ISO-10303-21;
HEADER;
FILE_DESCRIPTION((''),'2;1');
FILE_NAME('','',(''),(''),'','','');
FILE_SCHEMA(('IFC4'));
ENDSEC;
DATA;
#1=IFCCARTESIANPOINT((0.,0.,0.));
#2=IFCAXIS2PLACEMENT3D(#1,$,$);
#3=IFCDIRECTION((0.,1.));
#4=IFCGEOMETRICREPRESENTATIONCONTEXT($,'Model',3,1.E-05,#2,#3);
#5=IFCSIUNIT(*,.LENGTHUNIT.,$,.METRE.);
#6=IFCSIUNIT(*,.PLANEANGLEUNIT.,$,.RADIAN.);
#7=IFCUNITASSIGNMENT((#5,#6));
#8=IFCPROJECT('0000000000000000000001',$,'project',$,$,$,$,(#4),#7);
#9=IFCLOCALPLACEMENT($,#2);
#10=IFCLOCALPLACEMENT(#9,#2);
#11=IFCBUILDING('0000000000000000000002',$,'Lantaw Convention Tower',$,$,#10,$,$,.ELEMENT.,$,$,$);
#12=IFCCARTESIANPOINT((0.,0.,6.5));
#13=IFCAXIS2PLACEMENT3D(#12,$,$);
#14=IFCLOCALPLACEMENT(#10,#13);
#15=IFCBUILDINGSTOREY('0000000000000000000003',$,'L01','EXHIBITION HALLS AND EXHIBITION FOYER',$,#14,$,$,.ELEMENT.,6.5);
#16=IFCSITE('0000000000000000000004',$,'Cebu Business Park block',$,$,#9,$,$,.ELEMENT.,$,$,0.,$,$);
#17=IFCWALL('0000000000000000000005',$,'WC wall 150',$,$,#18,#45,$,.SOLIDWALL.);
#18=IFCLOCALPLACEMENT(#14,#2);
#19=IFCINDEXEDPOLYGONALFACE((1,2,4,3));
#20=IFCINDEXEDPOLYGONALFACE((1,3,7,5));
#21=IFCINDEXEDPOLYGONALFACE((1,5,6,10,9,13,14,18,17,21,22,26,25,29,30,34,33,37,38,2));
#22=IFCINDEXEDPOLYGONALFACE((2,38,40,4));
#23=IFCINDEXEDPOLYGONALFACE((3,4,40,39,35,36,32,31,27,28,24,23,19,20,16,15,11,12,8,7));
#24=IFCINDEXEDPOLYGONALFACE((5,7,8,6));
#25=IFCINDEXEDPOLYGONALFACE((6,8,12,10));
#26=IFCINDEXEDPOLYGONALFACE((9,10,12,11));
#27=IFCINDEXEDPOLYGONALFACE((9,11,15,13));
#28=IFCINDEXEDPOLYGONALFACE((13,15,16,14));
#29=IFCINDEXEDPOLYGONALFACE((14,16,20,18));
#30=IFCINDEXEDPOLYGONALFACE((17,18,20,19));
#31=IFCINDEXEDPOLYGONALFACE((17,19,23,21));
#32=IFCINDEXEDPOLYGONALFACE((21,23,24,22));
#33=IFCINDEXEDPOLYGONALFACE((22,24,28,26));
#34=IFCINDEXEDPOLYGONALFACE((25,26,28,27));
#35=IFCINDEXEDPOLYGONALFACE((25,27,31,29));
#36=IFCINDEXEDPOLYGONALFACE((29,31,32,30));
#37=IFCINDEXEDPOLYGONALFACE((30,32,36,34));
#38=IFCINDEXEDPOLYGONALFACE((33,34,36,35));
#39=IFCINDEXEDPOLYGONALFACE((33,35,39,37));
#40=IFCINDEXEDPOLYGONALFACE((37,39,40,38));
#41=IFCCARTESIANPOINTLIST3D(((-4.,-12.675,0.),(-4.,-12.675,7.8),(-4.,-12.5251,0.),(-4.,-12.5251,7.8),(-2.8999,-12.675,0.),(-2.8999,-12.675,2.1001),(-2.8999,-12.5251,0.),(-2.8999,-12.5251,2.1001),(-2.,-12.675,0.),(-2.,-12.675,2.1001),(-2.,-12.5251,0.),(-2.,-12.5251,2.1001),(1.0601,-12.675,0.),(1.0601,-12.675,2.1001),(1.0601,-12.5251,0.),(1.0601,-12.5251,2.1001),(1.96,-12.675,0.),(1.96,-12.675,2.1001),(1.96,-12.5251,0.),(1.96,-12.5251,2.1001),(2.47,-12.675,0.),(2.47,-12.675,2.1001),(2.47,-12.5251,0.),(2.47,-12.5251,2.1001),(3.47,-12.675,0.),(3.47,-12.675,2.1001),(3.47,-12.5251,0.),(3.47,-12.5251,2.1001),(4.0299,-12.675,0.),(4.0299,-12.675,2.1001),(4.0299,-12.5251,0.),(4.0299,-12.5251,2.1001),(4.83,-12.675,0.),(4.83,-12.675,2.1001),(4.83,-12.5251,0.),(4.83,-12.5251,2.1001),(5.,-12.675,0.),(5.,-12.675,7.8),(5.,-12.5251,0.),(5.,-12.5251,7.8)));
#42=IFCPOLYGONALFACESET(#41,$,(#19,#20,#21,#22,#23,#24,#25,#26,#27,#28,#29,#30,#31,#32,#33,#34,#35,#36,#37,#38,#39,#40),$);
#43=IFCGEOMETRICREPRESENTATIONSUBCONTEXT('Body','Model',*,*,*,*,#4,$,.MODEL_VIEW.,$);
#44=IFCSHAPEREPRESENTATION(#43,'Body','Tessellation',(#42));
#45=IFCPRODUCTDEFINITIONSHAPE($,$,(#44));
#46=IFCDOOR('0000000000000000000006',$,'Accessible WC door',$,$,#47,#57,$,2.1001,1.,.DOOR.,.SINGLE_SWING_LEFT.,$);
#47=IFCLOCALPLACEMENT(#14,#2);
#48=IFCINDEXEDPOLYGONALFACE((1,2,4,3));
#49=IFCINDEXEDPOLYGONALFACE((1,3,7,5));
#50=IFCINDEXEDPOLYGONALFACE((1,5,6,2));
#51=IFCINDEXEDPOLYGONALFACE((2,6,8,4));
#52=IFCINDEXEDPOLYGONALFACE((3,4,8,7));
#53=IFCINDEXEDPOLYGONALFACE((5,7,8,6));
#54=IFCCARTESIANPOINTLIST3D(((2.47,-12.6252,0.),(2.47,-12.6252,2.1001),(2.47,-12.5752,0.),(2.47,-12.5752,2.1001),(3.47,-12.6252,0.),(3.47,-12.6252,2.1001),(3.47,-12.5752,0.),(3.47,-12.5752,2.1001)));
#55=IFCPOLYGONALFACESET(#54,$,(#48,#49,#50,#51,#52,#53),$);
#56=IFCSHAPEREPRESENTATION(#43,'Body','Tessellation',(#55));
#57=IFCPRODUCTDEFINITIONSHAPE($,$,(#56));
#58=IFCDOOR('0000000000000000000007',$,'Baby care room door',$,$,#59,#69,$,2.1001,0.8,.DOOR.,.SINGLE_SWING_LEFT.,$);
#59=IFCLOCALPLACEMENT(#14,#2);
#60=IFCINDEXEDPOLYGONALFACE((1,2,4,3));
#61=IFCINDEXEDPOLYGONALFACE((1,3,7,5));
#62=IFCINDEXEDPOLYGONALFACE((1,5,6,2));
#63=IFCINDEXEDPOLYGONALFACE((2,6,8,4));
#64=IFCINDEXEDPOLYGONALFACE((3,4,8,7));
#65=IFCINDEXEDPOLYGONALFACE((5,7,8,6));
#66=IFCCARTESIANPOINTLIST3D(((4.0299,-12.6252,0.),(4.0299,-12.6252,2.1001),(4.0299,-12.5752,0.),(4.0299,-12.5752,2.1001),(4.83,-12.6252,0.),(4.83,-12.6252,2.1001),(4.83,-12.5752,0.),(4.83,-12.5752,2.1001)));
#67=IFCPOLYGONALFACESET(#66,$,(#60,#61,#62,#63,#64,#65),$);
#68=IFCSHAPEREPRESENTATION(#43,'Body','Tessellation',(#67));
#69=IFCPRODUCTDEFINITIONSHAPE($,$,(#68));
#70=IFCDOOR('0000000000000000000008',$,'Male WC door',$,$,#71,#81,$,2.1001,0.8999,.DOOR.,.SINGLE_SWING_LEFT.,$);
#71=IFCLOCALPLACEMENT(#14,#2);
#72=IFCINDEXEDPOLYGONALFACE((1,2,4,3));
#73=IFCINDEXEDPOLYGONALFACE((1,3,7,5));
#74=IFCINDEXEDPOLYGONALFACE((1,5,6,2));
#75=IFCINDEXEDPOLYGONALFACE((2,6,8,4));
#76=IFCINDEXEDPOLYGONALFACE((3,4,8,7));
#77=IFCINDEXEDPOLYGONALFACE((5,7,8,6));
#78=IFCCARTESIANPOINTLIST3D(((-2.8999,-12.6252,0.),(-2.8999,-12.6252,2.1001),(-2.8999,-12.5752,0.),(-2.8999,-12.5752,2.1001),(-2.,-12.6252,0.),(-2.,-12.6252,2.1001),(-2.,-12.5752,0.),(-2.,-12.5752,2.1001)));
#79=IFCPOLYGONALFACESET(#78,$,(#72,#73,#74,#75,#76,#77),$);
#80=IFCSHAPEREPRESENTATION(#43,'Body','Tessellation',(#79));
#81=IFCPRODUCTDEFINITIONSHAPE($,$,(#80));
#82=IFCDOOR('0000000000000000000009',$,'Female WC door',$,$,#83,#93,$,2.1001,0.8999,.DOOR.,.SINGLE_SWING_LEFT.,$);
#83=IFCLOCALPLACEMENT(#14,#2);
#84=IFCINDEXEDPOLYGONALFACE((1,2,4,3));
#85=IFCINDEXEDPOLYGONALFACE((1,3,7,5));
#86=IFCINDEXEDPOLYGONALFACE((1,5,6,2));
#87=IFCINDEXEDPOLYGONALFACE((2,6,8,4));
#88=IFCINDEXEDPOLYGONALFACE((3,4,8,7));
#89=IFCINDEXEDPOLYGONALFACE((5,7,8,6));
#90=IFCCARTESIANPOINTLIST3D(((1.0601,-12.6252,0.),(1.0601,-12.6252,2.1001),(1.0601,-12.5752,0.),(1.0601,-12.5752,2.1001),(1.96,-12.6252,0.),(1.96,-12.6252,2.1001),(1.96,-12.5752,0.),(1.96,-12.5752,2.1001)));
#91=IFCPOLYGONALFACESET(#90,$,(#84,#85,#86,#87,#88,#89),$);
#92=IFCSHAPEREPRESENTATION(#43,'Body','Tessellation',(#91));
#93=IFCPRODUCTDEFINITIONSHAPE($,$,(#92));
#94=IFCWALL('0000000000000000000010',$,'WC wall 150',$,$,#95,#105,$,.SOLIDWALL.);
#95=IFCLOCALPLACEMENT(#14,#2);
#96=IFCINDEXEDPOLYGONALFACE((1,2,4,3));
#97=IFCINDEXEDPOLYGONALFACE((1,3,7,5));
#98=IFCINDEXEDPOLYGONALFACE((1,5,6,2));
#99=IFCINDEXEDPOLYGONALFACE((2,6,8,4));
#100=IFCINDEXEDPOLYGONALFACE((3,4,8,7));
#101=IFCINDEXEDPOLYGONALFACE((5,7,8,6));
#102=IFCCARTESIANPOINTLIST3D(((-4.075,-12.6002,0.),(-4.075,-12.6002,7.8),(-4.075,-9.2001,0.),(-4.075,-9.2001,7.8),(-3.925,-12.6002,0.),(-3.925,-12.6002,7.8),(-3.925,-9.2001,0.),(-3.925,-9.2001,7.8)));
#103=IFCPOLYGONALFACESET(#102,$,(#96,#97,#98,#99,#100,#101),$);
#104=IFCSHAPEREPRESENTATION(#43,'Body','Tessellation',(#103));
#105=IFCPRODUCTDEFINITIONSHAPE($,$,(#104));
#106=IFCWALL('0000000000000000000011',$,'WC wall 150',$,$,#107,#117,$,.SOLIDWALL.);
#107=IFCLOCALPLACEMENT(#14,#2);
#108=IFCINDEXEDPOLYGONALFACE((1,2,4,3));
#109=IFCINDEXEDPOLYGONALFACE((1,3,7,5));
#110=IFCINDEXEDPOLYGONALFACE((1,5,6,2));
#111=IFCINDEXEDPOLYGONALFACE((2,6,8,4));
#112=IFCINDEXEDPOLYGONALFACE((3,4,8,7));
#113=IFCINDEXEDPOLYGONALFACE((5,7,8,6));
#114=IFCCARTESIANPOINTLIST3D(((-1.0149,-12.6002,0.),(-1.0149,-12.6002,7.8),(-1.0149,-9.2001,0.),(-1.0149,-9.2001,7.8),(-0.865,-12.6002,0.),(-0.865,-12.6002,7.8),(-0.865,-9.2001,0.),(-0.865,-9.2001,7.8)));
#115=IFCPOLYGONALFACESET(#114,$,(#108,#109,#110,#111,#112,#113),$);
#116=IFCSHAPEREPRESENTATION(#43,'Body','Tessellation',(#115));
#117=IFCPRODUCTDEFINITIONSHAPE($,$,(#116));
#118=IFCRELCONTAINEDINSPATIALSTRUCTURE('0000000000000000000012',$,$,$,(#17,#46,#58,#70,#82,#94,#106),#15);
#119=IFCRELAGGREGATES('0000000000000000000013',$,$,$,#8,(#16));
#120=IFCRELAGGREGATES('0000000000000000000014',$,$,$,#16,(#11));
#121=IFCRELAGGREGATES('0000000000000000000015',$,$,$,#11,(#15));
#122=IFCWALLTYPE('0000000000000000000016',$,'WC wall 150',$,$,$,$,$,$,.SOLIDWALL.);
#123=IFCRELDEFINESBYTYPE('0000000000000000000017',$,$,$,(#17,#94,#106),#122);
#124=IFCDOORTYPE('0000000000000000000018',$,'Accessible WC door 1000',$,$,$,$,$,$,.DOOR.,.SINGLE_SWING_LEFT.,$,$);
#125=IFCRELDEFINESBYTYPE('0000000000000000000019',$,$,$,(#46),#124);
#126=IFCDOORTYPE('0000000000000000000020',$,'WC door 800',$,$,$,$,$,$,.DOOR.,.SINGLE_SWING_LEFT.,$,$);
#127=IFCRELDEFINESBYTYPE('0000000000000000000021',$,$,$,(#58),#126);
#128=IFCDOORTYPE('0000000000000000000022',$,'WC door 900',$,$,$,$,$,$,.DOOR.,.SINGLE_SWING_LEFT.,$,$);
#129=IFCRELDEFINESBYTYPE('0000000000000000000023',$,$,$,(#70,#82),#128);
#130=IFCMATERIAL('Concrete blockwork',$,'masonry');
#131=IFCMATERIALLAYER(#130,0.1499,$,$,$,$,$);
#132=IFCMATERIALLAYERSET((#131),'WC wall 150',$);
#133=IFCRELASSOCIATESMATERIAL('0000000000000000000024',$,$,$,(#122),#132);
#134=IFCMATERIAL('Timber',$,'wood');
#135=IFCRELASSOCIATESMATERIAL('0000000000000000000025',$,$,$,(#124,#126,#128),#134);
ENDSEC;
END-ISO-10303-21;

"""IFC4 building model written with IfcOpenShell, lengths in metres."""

from ifc_helpers import new_model, si_unit, direction, frame, frame_2d, origin, place, context, subcontext, project, spatial, rectangle, extrude, material, layer, layer_set, type_object, element, fill, save


model = new_model("IFC4")

# Units and contexts
model_context = context("Model", 3, precision=1e-05, world=origin(), true_north=direction((0.0, 1.0)))
body_context = subcontext(model_context, "Body", "Model", "MODEL_VIEW")
ifc_project = project(units=[si_unit("LENGTHUNIT", "METRE"), si_unit("PLANEANGLEUNIT", "RADIAN")], contexts=[model_context])

# Site, building, storey
site_placement = place(None, origin())
site = spatial("IfcSite", under=ifc_project, at=site_placement, Name="Cebu Business Park block", CompositionType="ELEMENT", RefElevation=0.0)
building_placement = place(site_placement, origin())
building = spatial("IfcBuilding", under=site, at=building_placement, Name="Lantaw Convention Tower", CompositionType="ELEMENT")
storey_placement = place(building_placement, frame((0.0, 0.0, 6.5)))
storey = spatial("IfcBuildingStorey", under=building, at=storey_placement, Name="L01", Description="EXHIBITION HALLS AND EXHIBITION FOYER", CompositionType="ELEMENT", Elevation=6.5)

# Wall, openings, doors
ifc_material_1 = material(Name="Concrete blockwork", Category="masonry")
ifc_layer_1 = layer(ifc_material_1, 0.1499)
ifc_layer_set_1 = layer_set([ifc_layer_1], Name="WC wall 150")
wall_type_1 = type_object("IfcWallType", Name="WC wall 150", PredefinedType="SOLIDWALL", material=ifc_layer_set_1)
wall_1_placement = place(storey_placement, frame((-4.0, -12.6001, 0.0), z_axis=(0.0, 0.0, 1.0), x_axis=(1.0, 0.0, 0.0)))
wall_1 = element("IfcWall", 1, at=wall_1_placement, inside=storey, type_object=wall_type_1, Name="WC wall 150", PredefinedType="SOLIDWALL", context=body_context, shape_type="SweptSolid", body=[
    extrude(rectangle(XDim=9.0, YDim=0.1499, at=frame_2d((4.5, 0.0))), origin(), (0.0, 0.0, 1.0), 7.8),
])
opening_1_placement = place(wall_1_placement, frame((1.1001, 0.0, 0.0)))
opening_1 = element("IfcOpeningElement", 2, at=opening_1_placement, cuts=wall_1, PredefinedType="OPENING", context=body_context, shape_type="SweptSolid", body=[
    extrude(rectangle(XDim=0.8999, YDim=2.1001, at=frame_2d((0.45, 1.05))), frame((0.0, 0.085, 0.0), z_axis=(0.0, -1.0, 0.0), x_axis=(1.0, 0.0, 0.0)), (0.0, 0.0, 1.0), 0.1699),
])
opening_2_placement = place(wall_1_placement, frame((5.0601, 0.0, 0.0)))
opening_2 = element("IfcOpeningElement", 3, at=opening_2_placement, cuts=wall_1, PredefinedType="OPENING", context=body_context, shape_type="SweptSolid", body=[
    extrude(rectangle(XDim=0.8999, YDim=2.1001, at=frame_2d((0.45, 1.05))), frame((0.0, 0.085, 0.0), z_axis=(0.0, -1.0, 0.0), x_axis=(1.0, 0.0, 0.0)), (0.0, 0.0, 1.0), 0.1699),
])
opening_3_placement = place(wall_1_placement, frame((6.47, 0.0, 0.0)))
opening_3 = element("IfcOpeningElement", 4, at=opening_3_placement, cuts=wall_1, PredefinedType="OPENING", context=body_context, shape_type="SweptSolid", body=[
    extrude(rectangle(XDim=1.0, YDim=2.1001, at=frame_2d((0.5, 1.05))), frame((0.0, 0.085, 0.0), z_axis=(0.0, -1.0, 0.0), x_axis=(1.0, 0.0, 0.0)), (0.0, 0.0, 1.0), 0.1699),
])
opening_4_placement = place(wall_1_placement, frame((8.03, 0.0, 0.0)))
opening_4 = element("IfcOpeningElement", 5, at=opening_4_placement, cuts=wall_1, PredefinedType="OPENING", context=body_context, shape_type="SweptSolid", body=[
    extrude(rectangle(XDim=0.8, YDim=2.1001, at=frame_2d((0.3999, 1.05))), frame((0.0, 0.085, 0.0), z_axis=(0.0, -1.0, 0.0), x_axis=(1.0, 0.0, 0.0)), (0.0, 0.0, 1.0), 0.1699),
])
ifc_material_2 = material(Name="Timber", Category="wood")
door_type_1 = type_object("IfcDoorType", Name="Accessible WC door 1000", OperationType="SINGLE_SWING_LEFT", PredefinedType="DOOR", material=ifc_material_2)
door_1_placement = place(opening_3_placement, origin())
door_1 = element("IfcDoor", 6, at=door_1_placement, inside=storey, type_object=door_type_1, Name="Accessible WC door", OperationType="SINGLE_SWING_LEFT", OverallHeight=2.1001, OverallWidth=1.0, PredefinedType="DOOR", context=body_context, shape_type="SweptSolid", body=[
    extrude(rectangle(XDim=1.0, YDim=2.1001, at=frame_2d((0.5, 1.05))), frame((0.0, 0.0249, 0.0), z_axis=(0.0, -1.0, 0.0), x_axis=(1.0, 0.0, 0.0)), (0.0, 0.0, 1.0), 0.05),
])
fill(opening_3, door_1)
door_type_2 = type_object("IfcDoorType", Name="WC door 800", OperationType="SINGLE_SWING_LEFT", PredefinedType="DOOR", material=ifc_material_2)
door_2_placement = place(opening_4_placement, origin())
door_2 = element("IfcDoor", 7, at=door_2_placement, inside=storey, type_object=door_type_2, Name="Baby care room door", OperationType="SINGLE_SWING_LEFT", OverallHeight=2.1001, OverallWidth=0.8, PredefinedType="DOOR", context=body_context, shape_type="SweptSolid", body=[
    extrude(rectangle(XDim=0.8, YDim=2.1001, at=frame_2d((0.3999, 1.05))), frame((0.0, 0.0249, 0.0), z_axis=(0.0, -1.0, 0.0), x_axis=(1.0, 0.0, 0.0)), (0.0, 0.0, 1.0), 0.05),
])
fill(opening_4, door_2)
door_type_3 = type_object("IfcDoorType", Name="WC door 900", OperationType="SINGLE_SWING_LEFT", PredefinedType="DOOR", material=ifc_material_2)
door_3_placement = place(opening_1_placement, origin())
door_3 = element("IfcDoor", 8, at=door_3_placement, inside=storey, type_object=door_type_3, Name="Male WC door", OperationType="SINGLE_SWING_LEFT", OverallHeight=2.1001, OverallWidth=0.8999, PredefinedType="DOOR", context=body_context, shape_type="SweptSolid", body=[
    extrude(rectangle(XDim=0.8999, YDim=2.1001, at=frame_2d((0.45, 1.05))), frame((0.0, 0.0249, 0.0), z_axis=(0.0, -1.0, 0.0), x_axis=(1.0, 0.0, 0.0)), (0.0, 0.0, 1.0), 0.05),
])
fill(opening_1, door_3)
door_4_placement = place(opening_2_placement, origin())
door_4 = element("IfcDoor", 9, at=door_4_placement, inside=storey, type_object=door_type_3, Name="Female WC door", OperationType="SINGLE_SWING_LEFT", OverallHeight=2.1001, OverallWidth=0.8999, PredefinedType="DOOR", context=body_context, shape_type="SweptSolid", body=[
    extrude(rectangle(XDim=0.8999, YDim=2.1001, at=frame_2d((0.45, 1.05))), frame((0.0, 0.0249, 0.0), z_axis=(0.0, -1.0, 0.0), x_axis=(1.0, 0.0, 0.0)), (0.0, 0.0, 1.0), 0.05),
])
fill(opening_2, door_4)

# Walls
for number, where, z_axis, x_axis, name in (
    (10, (-4.0, -9.2, 0.0), (0.0, 0.0, 1.0), (0.0, -1.0, 0.0), "WC wall 150"),
    (11, (-0.9399, -9.2, 0.0), (0.0, 0.0, 1.0), (0.0, -1.0, 0.0), "WC wall 150"),
):
    element("IfcWall", number, at=place(storey_placement, frame(where, z_axis=z_axis, x_axis=x_axis)), inside=storey, type_object=wall_type_1, Name=name, PredefinedType="SOLIDWALL", context=body_context, shape_type="SweptSolid", body=[
        extrude(rectangle(XDim=3.4001, YDim=0.1499, at=frame_2d((1.7002, 0.0))), origin(), (0.0, 0.0, 1.0), 7.8),
    ])

save(model, "model.ifc")
